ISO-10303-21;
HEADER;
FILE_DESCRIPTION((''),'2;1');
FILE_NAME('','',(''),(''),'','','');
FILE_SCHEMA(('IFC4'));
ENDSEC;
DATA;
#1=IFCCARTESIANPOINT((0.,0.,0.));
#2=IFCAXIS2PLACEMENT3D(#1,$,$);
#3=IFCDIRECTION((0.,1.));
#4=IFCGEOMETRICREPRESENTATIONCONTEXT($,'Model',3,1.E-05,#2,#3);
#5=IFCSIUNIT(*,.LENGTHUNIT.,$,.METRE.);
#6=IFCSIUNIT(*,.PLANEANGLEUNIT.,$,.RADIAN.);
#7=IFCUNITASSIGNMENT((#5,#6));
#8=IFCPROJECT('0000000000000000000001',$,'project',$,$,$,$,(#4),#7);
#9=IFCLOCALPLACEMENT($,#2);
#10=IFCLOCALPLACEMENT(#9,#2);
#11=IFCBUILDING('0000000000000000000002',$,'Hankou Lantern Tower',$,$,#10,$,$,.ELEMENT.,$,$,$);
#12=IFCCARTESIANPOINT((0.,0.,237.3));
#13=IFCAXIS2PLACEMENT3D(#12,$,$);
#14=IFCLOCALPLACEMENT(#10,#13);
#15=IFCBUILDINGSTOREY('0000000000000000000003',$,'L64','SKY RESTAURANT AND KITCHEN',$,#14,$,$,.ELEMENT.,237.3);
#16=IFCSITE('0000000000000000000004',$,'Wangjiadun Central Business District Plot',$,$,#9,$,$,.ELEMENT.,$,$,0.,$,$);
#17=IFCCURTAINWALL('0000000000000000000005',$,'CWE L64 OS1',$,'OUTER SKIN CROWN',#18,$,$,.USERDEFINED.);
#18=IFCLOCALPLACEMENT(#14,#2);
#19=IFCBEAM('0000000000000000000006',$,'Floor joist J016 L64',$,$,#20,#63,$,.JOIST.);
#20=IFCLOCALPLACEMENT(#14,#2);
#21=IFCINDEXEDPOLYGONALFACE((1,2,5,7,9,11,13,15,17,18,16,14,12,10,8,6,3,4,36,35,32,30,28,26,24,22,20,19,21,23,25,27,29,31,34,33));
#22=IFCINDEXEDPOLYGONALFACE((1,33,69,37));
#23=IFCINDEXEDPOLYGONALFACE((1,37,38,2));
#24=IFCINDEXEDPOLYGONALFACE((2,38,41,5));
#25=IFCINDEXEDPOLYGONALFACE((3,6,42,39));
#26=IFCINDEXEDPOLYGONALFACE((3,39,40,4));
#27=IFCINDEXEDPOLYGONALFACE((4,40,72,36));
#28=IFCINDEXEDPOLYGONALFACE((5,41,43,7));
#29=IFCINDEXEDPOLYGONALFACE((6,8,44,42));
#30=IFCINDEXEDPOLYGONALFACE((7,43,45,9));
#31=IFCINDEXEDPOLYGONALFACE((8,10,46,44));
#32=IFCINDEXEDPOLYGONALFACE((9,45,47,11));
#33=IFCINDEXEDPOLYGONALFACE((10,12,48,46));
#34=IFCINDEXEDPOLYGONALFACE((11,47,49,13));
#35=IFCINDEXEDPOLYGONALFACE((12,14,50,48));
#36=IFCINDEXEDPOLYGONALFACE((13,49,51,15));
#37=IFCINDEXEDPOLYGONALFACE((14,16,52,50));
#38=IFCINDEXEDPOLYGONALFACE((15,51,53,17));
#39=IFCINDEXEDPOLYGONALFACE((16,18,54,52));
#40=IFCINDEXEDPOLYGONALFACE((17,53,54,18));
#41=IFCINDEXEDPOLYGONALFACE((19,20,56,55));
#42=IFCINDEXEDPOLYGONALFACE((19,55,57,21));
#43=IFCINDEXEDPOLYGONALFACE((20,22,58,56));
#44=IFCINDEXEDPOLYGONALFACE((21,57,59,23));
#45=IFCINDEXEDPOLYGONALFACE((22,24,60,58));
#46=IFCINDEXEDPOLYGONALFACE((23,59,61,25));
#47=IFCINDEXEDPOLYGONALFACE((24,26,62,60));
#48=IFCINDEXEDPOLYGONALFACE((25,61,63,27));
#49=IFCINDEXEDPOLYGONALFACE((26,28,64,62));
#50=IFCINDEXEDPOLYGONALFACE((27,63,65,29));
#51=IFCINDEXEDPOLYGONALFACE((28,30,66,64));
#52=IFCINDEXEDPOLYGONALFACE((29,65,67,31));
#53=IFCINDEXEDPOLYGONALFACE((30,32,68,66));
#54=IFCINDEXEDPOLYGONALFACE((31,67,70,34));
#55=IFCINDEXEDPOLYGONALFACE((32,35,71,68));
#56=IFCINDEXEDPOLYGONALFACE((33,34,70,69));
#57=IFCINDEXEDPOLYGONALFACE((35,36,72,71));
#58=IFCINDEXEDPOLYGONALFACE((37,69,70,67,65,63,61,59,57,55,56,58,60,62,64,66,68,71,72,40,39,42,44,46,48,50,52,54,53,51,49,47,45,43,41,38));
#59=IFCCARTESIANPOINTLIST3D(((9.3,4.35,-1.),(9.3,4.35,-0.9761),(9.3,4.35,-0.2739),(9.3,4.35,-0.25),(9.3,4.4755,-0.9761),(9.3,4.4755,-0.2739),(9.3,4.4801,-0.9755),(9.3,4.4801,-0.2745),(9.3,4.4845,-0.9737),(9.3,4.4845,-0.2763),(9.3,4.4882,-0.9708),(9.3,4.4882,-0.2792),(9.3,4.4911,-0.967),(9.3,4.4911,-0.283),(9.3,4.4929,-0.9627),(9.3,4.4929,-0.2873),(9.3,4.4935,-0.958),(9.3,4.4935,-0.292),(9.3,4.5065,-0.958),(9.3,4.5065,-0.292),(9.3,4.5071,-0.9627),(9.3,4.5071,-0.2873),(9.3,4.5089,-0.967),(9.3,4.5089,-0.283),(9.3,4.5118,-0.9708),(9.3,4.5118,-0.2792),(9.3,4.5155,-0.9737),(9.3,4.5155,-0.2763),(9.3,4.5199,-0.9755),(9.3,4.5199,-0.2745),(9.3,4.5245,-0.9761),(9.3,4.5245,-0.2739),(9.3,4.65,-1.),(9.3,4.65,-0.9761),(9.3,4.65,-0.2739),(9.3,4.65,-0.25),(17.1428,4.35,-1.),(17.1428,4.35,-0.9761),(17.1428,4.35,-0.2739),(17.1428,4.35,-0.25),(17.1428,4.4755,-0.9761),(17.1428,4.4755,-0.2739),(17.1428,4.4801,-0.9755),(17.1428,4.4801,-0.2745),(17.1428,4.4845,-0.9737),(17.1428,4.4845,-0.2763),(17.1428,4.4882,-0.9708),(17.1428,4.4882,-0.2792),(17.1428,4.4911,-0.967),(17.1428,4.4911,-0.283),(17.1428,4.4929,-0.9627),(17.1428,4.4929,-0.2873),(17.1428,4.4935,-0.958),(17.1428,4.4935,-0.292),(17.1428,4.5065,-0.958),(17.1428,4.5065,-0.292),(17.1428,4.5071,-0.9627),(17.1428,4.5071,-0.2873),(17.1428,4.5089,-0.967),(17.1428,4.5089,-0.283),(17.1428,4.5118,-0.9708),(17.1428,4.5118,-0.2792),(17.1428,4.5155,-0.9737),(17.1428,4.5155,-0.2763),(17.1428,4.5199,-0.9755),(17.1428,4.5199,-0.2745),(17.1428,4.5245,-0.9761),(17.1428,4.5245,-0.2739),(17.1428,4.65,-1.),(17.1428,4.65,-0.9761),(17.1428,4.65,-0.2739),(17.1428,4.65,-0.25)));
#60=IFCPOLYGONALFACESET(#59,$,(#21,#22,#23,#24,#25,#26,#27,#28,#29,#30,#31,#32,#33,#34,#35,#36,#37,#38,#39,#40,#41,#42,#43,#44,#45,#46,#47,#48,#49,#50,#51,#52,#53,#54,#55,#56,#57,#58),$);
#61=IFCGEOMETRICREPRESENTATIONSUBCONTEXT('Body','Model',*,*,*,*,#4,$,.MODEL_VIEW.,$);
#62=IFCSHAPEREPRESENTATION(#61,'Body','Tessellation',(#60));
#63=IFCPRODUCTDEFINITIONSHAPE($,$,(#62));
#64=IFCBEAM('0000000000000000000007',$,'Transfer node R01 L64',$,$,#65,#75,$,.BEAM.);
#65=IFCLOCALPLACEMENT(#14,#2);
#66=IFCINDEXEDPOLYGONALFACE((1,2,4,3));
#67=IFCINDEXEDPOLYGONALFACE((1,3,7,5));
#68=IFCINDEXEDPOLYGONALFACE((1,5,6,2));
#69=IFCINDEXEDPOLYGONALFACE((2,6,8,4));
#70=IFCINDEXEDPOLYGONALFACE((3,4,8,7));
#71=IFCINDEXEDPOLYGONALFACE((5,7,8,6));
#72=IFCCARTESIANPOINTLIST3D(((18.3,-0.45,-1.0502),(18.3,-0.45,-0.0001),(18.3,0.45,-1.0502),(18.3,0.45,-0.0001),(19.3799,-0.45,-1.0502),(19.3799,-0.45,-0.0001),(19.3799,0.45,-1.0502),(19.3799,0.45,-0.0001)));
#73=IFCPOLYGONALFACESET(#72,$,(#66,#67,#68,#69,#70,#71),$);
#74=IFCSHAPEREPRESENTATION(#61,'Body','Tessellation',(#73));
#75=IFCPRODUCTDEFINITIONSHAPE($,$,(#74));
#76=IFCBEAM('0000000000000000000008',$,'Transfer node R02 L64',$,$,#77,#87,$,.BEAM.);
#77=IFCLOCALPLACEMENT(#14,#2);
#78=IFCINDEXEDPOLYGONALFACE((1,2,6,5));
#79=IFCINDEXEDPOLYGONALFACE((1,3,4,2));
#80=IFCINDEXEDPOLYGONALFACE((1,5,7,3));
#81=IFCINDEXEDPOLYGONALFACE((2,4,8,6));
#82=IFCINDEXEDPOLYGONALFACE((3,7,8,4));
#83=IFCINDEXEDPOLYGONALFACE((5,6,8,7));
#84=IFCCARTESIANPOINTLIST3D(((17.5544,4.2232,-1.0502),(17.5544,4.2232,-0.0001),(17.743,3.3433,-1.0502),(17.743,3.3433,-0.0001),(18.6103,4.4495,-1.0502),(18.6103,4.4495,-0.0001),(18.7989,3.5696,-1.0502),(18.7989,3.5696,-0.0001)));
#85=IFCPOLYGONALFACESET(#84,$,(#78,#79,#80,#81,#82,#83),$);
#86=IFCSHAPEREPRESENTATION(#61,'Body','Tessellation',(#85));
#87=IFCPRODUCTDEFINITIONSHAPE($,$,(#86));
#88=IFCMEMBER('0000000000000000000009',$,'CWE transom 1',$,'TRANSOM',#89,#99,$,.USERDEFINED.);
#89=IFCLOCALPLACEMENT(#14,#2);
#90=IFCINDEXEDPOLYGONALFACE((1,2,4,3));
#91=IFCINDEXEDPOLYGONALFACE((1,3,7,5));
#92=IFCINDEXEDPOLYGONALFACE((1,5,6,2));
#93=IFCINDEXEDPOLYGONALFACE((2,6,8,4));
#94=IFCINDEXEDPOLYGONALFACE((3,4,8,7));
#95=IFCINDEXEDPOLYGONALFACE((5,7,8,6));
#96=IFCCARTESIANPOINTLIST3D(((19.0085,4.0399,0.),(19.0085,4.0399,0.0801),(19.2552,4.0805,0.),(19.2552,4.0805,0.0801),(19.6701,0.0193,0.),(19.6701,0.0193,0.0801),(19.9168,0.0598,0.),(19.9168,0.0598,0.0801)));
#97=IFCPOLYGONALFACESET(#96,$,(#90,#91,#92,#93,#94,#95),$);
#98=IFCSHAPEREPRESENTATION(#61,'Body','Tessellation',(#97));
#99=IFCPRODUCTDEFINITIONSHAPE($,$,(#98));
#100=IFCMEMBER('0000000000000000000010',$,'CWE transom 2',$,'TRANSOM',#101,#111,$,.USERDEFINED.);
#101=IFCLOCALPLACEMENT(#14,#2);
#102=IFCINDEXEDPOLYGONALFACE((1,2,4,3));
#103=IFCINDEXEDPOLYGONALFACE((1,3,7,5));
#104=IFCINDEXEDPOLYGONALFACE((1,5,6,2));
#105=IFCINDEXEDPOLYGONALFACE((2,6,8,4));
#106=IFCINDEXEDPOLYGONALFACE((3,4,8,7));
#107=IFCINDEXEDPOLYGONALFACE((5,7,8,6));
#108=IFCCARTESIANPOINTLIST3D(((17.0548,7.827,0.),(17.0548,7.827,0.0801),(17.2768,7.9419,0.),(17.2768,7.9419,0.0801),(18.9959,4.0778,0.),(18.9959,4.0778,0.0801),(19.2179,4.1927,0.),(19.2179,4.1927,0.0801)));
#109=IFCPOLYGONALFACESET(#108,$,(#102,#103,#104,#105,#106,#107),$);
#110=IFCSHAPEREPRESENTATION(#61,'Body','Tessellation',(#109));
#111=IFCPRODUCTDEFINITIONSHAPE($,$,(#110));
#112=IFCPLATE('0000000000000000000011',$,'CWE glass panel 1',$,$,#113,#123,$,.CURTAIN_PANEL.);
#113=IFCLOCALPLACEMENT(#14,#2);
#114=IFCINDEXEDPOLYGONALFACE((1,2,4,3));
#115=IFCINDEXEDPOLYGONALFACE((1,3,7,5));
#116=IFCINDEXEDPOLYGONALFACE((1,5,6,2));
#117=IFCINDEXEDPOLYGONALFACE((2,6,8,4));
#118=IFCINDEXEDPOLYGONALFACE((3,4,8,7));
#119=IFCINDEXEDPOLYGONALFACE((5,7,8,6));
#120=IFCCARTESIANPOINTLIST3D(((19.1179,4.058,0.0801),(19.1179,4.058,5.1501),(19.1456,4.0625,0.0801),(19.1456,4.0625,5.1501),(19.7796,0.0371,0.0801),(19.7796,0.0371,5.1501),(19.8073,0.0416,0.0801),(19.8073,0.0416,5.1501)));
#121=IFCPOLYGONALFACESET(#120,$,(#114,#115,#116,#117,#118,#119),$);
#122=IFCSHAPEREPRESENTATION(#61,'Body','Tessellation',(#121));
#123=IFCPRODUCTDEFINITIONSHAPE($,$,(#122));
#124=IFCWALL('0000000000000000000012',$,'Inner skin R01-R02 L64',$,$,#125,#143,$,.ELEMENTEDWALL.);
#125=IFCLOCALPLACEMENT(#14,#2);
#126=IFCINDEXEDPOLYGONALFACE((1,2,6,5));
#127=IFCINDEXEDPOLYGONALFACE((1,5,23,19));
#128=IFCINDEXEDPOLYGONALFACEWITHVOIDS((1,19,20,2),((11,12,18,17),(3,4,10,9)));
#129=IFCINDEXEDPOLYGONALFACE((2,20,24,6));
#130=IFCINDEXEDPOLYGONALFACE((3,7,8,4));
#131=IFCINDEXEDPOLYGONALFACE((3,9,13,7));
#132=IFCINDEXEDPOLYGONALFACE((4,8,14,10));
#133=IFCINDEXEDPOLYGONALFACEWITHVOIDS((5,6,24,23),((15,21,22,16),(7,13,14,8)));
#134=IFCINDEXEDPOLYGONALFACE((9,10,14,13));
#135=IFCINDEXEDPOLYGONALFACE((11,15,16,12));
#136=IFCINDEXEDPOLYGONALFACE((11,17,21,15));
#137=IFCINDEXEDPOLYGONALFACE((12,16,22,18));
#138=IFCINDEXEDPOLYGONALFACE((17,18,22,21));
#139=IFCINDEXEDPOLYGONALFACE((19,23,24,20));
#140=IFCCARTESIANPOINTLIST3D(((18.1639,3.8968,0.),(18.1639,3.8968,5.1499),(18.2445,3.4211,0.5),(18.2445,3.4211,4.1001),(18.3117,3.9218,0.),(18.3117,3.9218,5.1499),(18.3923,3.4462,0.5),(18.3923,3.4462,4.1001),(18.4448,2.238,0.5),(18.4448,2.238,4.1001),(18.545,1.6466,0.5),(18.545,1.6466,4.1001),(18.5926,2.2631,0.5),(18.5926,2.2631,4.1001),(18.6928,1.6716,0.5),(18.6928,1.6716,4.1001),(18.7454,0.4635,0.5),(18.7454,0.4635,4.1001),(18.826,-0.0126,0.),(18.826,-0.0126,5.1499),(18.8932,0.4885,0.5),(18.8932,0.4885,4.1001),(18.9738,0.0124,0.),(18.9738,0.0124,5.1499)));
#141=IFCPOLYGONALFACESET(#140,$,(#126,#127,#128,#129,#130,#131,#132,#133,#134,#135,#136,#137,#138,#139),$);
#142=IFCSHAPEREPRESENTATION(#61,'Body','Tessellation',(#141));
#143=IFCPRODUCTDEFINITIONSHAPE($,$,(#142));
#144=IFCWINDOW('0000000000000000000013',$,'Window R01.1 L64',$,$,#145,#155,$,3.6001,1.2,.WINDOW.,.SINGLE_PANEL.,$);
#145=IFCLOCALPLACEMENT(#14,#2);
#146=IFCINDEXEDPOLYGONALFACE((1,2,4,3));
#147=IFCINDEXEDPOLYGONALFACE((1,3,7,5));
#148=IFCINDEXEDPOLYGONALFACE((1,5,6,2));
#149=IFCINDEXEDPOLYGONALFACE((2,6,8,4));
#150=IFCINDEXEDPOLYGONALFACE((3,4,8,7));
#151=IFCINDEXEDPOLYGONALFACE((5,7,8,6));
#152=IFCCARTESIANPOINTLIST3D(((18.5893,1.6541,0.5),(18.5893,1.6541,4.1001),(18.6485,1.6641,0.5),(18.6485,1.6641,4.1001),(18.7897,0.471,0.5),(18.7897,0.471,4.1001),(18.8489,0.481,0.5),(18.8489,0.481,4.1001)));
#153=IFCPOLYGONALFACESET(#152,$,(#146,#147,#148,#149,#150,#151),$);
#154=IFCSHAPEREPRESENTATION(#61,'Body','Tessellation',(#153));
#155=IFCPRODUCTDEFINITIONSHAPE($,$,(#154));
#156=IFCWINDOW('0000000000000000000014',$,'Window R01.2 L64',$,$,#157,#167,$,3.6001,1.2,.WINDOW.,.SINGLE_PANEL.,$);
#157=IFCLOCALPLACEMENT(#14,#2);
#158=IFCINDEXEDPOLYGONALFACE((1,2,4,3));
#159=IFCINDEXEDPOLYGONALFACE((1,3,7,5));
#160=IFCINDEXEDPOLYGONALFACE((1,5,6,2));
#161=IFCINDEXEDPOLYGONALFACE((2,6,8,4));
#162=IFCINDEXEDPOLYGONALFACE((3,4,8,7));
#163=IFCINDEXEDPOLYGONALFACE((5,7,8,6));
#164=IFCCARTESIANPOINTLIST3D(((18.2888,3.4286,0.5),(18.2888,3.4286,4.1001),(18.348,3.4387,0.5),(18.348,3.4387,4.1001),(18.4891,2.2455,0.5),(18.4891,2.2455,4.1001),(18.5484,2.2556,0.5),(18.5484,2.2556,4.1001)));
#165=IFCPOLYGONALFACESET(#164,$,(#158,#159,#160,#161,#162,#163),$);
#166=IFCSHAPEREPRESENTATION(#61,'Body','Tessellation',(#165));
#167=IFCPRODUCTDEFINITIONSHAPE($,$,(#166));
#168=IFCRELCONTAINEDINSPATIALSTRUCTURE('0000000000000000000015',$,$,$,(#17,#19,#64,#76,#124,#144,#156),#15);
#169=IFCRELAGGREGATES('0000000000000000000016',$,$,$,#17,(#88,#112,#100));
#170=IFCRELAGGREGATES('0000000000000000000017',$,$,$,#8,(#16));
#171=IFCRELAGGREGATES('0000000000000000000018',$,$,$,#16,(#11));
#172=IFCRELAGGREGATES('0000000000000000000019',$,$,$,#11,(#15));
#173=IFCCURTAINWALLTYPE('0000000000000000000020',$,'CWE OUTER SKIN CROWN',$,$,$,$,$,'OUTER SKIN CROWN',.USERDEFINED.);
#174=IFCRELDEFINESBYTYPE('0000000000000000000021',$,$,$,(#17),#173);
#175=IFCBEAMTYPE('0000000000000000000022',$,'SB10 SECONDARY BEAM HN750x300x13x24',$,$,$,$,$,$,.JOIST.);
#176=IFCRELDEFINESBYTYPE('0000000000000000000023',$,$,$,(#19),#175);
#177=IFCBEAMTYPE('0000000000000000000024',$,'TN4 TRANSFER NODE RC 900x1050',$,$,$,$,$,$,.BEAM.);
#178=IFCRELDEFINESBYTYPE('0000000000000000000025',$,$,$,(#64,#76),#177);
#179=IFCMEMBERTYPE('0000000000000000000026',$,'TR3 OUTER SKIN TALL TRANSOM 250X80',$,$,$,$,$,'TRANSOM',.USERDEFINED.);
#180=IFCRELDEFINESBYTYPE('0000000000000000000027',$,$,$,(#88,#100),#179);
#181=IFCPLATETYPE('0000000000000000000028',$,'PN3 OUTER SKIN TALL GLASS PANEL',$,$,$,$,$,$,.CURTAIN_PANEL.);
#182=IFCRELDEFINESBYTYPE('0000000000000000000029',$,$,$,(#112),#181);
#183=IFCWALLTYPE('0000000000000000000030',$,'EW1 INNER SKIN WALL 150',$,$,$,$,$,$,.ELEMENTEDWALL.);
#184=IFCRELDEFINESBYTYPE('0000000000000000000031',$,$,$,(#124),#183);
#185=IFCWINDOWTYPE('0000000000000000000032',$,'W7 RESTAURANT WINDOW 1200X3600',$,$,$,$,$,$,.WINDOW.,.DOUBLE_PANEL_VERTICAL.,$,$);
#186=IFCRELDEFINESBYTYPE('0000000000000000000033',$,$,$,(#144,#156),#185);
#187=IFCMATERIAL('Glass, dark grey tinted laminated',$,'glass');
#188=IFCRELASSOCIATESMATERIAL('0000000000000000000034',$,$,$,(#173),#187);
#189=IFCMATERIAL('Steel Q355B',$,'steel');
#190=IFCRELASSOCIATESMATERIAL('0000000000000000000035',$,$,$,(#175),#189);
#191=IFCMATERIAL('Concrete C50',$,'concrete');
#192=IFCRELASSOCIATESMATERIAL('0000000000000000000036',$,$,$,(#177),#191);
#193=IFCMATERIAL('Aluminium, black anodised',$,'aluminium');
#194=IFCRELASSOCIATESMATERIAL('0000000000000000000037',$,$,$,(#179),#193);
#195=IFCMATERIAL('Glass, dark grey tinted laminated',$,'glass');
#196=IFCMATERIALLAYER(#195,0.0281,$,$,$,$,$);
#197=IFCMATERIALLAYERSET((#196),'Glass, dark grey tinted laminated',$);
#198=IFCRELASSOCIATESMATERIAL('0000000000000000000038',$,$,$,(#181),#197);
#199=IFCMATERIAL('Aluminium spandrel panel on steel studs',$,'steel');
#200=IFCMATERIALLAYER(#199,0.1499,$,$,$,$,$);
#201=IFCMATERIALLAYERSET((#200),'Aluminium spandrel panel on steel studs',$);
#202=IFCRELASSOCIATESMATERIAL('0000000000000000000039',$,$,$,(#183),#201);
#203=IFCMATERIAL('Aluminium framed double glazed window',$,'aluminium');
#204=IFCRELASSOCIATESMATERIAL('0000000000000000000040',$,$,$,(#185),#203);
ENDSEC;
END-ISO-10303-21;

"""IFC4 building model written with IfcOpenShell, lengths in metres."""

from ifc_helpers import new_model, si_unit, direction, frame, frame_2d, origin, origin_2d, place, context, subcontext, project, spatial, rectangle, i_section, extrude, material, layer, layer_set, material_profile, profile_set, type_object, element, fill, aggregate, save


model = new_model("IFC4")

# Units and contexts
model_context = context("Model", 3, precision=1e-05, world=origin(), true_north=direction((0.0, 1.0)))
body_context = subcontext(model_context, "Body", "Model", "MODEL_VIEW")
ifc_project = project(units=[si_unit("LENGTHUNIT", "METRE"), si_unit("PLANEANGLEUNIT", "RADIAN")], contexts=[model_context])

# Site, building, storey
site_placement = place(None, origin())
site = spatial("IfcSite", under=ifc_project, at=site_placement, Name="Wangjiadun Central Business District Plot", CompositionType="ELEMENT", RefElevation=0.0)
building_placement = place(site_placement, origin())
building = spatial("IfcBuilding", under=site, at=building_placement, Name="Hankou Lantern Tower", CompositionType="ELEMENT")
storey_placement = place(building_placement, frame((0.0, 0.0, 237.3)))
storey = spatial("IfcBuildingStorey", under=building, at=storey_placement, Name="L64", Description="SKY RESTAURANT AND KITCHEN", CompositionType="ELEMENT", Elevation=237.3)

# Curtain wall
ifc_material_1 = material(Name="Glass, dark grey tinted laminated", Category="glass")
curtain_wall_type = type_object("IfcCurtainWallType", Name="CWE OUTER SKIN CROWN", ElementType="OUTER SKIN CROWN", PredefinedType="USERDEFINED", material=ifc_material_1)
curtain_wall_placement = place(storey_placement, origin())
curtain_wall = element("IfcCurtainWall", 1, at=curtain_wall_placement, inside=storey, type_object=curtain_wall_type, Name="CWE L64 OS1", ObjectType="OUTER SKIN CROWN", PredefinedType="USERDEFINED")

# Beams
ifc_material_2 = material(Name="Steel Q355B", Category="steel")
ifc_material_profile_1 = material_profile(ifc_material_2, i_section(OverallWidth=0.3, OverallDepth=0.75, WebThickness=0.0129, FlangeThickness=0.0239, FilletRadius=0.0181, at=origin_2d()), Name="HN750x300x13x24")
ifc_profile_set_1 = profile_set([ifc_material_profile_1], Name="Steel Q355B")
beam_type_1 = type_object("IfcBeamType", Name="SB10 SECONDARY BEAM HN750x300x13x24", PredefinedType="JOIST", material=ifc_profile_set_1)
beam_1_placement = place(storey_placement, frame((9.3, 4.5, -0.625), z_axis=(1.0, 0.0, 0.0), x_axis=(0.0, 1.0, 0.0)))
element("IfcBeam", 2, at=beam_1_placement, inside=storey, type_object=beam_type_1, Name="Floor joist J016 L64", PredefinedType="JOIST", context=body_context, shape_type="SweptSolid", body=[
    extrude(i_section(OverallWidth=0.3, OverallDepth=0.75, WebThickness=0.0129, FlangeThickness=0.0239, FilletRadius=0.0181, at=origin_2d()), origin(), (0.0, 0.0, 1.0), 7.8428),
])
ifc_material_3 = material(Name="Concrete C50", Category="concrete")
ifc_material_profile_2 = material_profile(ifc_material_3, rectangle(XDim=0.8999, YDim=1.05, at=origin_2d()), Name="RC 900x1050")
ifc_profile_set_2 = profile_set([ifc_material_profile_2], Name="Concrete C50")
beam_type_2 = type_object("IfcBeamType", Name="TN4 TRANSFER NODE RC 900x1050", PredefinedType="BEAM", material=ifc_profile_set_2)
for number, where, z_axis, x_axis, name in (
    (3, (19.3799, 0.0, -0.5251), (-1.0, 0.0, 0.0), (0.0, -1.0, 0.0), "Transfer node R01 L64"),
    (4, (18.7046, 4.0095, -0.5251), (-0.977792, -0.209575, 0.0), (0.209575, -0.977792, 0.0), "Transfer node R02 L64"),
):
    element("IfcBeam", number, at=place(storey_placement, frame(where, z_axis=z_axis, x_axis=x_axis)), inside=storey, type_object=beam_type_2, Name=name, PredefinedType="BEAM", context=body_context, shape_type="SweptSolid", body=[
        extrude(rectangle(XDim=0.8999, YDim=1.05, at=origin_2d()), origin(), (0.0, 0.0, 1.0), 1.0798),
    ])

# Members
ifc_material_4 = material(Name="Aluminium, black anodised", Category="aluminium")
ifc_material_profile_3 = material_profile(ifc_material_4, rectangle(XDim=0.25, YDim=0.0801, at=origin_2d()), Name="TR3 250X80")
ifc_profile_set_3 = profile_set([ifc_material_profile_3], Name="Aluminium, black anodised")
member_type_1 = type_object("IfcMemberType", Name="TR3 OUTER SKIN TALL TRANSOM 250X80", ElementType="TRANSOM", PredefinedType="USERDEFINED", material=ifc_profile_set_3)
member_1_placement = place(storey_placement, frame((19.7935, 0.0396, 0.04), z_axis=(-0.162368, 0.98673, 0.0), x_axis=(-0.98673, -0.162368, 0.0)))
member_1 = element("IfcMember", 5, at=member_1_placement, type_object=member_type_1, Name="CWE transom 1", ObjectType="TRANSOM", PredefinedType="USERDEFINED", context=body_context, shape_type="SweptSolid", body=[
    extrude(rectangle(XDim=0.25, YDim=0.0801, at=origin_2d()), origin(), (0.0, 0.0, 1.0), 4.0747),
])
member_2_placement = place(storey_placement, frame((19.1069, 4.1353, 0.04), z_axis=(-0.459775, 0.888035, 0.0), x_axis=(-0.888035, -0.459775, 0.0)))
member_2 = element("IfcMember", 6, at=member_2_placement, type_object=member_type_1, Name="CWE transom 2", ObjectType="TRANSOM", PredefinedType="USERDEFINED", context=body_context, shape_type="SweptSolid", body=[
    extrude(rectangle(XDim=0.25, YDim=0.0801, at=origin_2d()), origin(), (0.0, 0.0, 1.0), 4.2219),
])

# Plate
ifc_material_5 = material(Name="Glass, dark grey tinted laminated", Category="glass")
ifc_layer_1 = layer(ifc_material_5, 0.0281)
ifc_layer_set_1 = layer_set([ifc_layer_1], Name="Glass, dark grey tinted laminated")
plate_type = type_object("IfcPlateType", Name="PN3 OUTER SKIN TALL GLASS PANEL", PredefinedType="CURTAIN_PANEL", material=ifc_layer_set_1)
plate_placement = place(storey_placement, frame((19.4626, 2.0498, 0.0801), z_axis=(0.0, 0.0, 1.0), x_axis=(-0.162382, 0.986728, 0.0)))
plate = element("IfcPlate", 7, at=plate_placement, type_object=plate_type, Name="CWE glass panel 1", PredefinedType="CURTAIN_PANEL", context=body_context, shape_type="SweptSolid", body=[
    extrude(rectangle(XDim=4.075, YDim=0.0281, at=origin_2d()), origin(), (0.0, 0.0, 1.0), 5.0701),
])
aggregate(curtain_wall, [member_1, plate, member_2])

# Wall, openings, windows
ifc_material_6 = material(Name="Aluminium spandrel panel on steel studs", Category="steel")
ifc_layer_2 = layer(ifc_material_6, 0.1499)
ifc_layer_set_2 = layer_set([ifc_layer_2], Name="Aluminium spandrel panel on steel studs")
wall_type_1 = type_object("IfcWallType", Name="EW1 INNER SKIN WALL 150", PredefinedType="ELEMENTEDWALL", material=ifc_layer_set_2)
wall_1_placement = place(storey_placement, frame((18.8999, 0.0, 0.0), z_axis=(0.0, 0.0, 1.0), x_axis=(-0.166984, 0.98596, 0.0)))
wall_1 = element("IfcWall", 8, at=wall_1_placement, inside=storey, type_object=wall_type_1, Name="Inner skin R01-R02 L64", PredefinedType="ELEMENTEDWALL", context=body_context, shape_type="SweptSolid", body=[
    extrude(rectangle(XDim=3.9651, YDim=0.1499, at=frame_2d((1.9824, 0.0))), origin(), (0.0, 0.0, 1.0), 5.1499),
])
opening_1_placement = place(wall_1_placement, frame((0.4827, 0.0, 0.5)))
opening_1 = element("IfcOpeningElement", 9, at=opening_1_placement, cuts=wall_1, PredefinedType="OPENING", context=body_context, shape_type="SweptSolid", body=[
    extrude(rectangle(XDim=1.2, YDim=3.6001, at=frame_2d((0.6001, 1.8))), frame((0.0, 0.085, 0.0), z_axis=(0.0, -1.0, 0.0), x_axis=(1.0, 0.0, 0.0)), (0.0, 0.0, 1.0), 0.1699),
])
opening_2_placement = place(wall_1_placement, frame((2.2825, 0.0, 0.5)))
opening_2 = element("IfcOpeningElement", 10, at=opening_2_placement, cuts=wall_1, PredefinedType="OPENING", context=body_context, shape_type="SweptSolid", body=[
    extrude(rectangle(XDim=1.2, YDim=3.6001, at=frame_2d((0.6001, 1.8))), frame((0.0, 0.085, 0.0), z_axis=(0.0, -1.0, 0.0), x_axis=(1.0, 0.0, 0.0)), (0.0, 0.0, 1.0), 0.1699),
])
ifc_material_7 = material(Name="Aluminium framed double glazed window", Category="aluminium")
window_type = type_object("IfcWindowType", Name="W7 RESTAURANT WINDOW 1200X3600", PartitioningType="DOUBLE_PANEL_VERTICAL", PredefinedType="WINDOW", material=ifc_material_7)
window_1_placement = place(opening_1_placement, origin())
window_1 = element("IfcWindow", 11, at=window_1_placement, inside=storey, type_object=window_type, Name="Window R01.1 L64", OverallHeight=3.6001, OverallWidth=1.2, PartitioningType="SINGLE_PANEL", PredefinedType="WINDOW", context=body_context, shape_type="SweptSolid", body=[
    extrude(rectangle(XDim=1.2, YDim=3.6001, at=frame_2d((0.6001, 1.8))), frame((0.0, 0.03, 0.0), z_axis=(0.0, -1.0, 0.0), x_axis=(1.0, 0.0, 0.0)), (0.0, 0.0, 1.0), 0.0601),
])
fill(opening_1, window_1)
window_2_placement = place(opening_2_placement, origin())
window_2 = element("IfcWindow", 12, at=window_2_placement, inside=storey, type_object=window_type, Name="Window R01.2 L64", OverallHeight=3.6001, OverallWidth=1.2, PartitioningType="SINGLE_PANEL", PredefinedType="WINDOW", context=body_context, shape_type="SweptSolid", body=[
    extrude(rectangle(XDim=1.2, YDim=3.6001, at=frame_2d((0.6001, 1.8))), frame((0.0, 0.03, 0.0), z_axis=(0.0, -1.0, 0.0), x_axis=(1.0, 0.0, 0.0)), (0.0, 0.0, 1.0), 0.0601),
])
fill(opening_2, window_2)

save(model, "model.ifc")
